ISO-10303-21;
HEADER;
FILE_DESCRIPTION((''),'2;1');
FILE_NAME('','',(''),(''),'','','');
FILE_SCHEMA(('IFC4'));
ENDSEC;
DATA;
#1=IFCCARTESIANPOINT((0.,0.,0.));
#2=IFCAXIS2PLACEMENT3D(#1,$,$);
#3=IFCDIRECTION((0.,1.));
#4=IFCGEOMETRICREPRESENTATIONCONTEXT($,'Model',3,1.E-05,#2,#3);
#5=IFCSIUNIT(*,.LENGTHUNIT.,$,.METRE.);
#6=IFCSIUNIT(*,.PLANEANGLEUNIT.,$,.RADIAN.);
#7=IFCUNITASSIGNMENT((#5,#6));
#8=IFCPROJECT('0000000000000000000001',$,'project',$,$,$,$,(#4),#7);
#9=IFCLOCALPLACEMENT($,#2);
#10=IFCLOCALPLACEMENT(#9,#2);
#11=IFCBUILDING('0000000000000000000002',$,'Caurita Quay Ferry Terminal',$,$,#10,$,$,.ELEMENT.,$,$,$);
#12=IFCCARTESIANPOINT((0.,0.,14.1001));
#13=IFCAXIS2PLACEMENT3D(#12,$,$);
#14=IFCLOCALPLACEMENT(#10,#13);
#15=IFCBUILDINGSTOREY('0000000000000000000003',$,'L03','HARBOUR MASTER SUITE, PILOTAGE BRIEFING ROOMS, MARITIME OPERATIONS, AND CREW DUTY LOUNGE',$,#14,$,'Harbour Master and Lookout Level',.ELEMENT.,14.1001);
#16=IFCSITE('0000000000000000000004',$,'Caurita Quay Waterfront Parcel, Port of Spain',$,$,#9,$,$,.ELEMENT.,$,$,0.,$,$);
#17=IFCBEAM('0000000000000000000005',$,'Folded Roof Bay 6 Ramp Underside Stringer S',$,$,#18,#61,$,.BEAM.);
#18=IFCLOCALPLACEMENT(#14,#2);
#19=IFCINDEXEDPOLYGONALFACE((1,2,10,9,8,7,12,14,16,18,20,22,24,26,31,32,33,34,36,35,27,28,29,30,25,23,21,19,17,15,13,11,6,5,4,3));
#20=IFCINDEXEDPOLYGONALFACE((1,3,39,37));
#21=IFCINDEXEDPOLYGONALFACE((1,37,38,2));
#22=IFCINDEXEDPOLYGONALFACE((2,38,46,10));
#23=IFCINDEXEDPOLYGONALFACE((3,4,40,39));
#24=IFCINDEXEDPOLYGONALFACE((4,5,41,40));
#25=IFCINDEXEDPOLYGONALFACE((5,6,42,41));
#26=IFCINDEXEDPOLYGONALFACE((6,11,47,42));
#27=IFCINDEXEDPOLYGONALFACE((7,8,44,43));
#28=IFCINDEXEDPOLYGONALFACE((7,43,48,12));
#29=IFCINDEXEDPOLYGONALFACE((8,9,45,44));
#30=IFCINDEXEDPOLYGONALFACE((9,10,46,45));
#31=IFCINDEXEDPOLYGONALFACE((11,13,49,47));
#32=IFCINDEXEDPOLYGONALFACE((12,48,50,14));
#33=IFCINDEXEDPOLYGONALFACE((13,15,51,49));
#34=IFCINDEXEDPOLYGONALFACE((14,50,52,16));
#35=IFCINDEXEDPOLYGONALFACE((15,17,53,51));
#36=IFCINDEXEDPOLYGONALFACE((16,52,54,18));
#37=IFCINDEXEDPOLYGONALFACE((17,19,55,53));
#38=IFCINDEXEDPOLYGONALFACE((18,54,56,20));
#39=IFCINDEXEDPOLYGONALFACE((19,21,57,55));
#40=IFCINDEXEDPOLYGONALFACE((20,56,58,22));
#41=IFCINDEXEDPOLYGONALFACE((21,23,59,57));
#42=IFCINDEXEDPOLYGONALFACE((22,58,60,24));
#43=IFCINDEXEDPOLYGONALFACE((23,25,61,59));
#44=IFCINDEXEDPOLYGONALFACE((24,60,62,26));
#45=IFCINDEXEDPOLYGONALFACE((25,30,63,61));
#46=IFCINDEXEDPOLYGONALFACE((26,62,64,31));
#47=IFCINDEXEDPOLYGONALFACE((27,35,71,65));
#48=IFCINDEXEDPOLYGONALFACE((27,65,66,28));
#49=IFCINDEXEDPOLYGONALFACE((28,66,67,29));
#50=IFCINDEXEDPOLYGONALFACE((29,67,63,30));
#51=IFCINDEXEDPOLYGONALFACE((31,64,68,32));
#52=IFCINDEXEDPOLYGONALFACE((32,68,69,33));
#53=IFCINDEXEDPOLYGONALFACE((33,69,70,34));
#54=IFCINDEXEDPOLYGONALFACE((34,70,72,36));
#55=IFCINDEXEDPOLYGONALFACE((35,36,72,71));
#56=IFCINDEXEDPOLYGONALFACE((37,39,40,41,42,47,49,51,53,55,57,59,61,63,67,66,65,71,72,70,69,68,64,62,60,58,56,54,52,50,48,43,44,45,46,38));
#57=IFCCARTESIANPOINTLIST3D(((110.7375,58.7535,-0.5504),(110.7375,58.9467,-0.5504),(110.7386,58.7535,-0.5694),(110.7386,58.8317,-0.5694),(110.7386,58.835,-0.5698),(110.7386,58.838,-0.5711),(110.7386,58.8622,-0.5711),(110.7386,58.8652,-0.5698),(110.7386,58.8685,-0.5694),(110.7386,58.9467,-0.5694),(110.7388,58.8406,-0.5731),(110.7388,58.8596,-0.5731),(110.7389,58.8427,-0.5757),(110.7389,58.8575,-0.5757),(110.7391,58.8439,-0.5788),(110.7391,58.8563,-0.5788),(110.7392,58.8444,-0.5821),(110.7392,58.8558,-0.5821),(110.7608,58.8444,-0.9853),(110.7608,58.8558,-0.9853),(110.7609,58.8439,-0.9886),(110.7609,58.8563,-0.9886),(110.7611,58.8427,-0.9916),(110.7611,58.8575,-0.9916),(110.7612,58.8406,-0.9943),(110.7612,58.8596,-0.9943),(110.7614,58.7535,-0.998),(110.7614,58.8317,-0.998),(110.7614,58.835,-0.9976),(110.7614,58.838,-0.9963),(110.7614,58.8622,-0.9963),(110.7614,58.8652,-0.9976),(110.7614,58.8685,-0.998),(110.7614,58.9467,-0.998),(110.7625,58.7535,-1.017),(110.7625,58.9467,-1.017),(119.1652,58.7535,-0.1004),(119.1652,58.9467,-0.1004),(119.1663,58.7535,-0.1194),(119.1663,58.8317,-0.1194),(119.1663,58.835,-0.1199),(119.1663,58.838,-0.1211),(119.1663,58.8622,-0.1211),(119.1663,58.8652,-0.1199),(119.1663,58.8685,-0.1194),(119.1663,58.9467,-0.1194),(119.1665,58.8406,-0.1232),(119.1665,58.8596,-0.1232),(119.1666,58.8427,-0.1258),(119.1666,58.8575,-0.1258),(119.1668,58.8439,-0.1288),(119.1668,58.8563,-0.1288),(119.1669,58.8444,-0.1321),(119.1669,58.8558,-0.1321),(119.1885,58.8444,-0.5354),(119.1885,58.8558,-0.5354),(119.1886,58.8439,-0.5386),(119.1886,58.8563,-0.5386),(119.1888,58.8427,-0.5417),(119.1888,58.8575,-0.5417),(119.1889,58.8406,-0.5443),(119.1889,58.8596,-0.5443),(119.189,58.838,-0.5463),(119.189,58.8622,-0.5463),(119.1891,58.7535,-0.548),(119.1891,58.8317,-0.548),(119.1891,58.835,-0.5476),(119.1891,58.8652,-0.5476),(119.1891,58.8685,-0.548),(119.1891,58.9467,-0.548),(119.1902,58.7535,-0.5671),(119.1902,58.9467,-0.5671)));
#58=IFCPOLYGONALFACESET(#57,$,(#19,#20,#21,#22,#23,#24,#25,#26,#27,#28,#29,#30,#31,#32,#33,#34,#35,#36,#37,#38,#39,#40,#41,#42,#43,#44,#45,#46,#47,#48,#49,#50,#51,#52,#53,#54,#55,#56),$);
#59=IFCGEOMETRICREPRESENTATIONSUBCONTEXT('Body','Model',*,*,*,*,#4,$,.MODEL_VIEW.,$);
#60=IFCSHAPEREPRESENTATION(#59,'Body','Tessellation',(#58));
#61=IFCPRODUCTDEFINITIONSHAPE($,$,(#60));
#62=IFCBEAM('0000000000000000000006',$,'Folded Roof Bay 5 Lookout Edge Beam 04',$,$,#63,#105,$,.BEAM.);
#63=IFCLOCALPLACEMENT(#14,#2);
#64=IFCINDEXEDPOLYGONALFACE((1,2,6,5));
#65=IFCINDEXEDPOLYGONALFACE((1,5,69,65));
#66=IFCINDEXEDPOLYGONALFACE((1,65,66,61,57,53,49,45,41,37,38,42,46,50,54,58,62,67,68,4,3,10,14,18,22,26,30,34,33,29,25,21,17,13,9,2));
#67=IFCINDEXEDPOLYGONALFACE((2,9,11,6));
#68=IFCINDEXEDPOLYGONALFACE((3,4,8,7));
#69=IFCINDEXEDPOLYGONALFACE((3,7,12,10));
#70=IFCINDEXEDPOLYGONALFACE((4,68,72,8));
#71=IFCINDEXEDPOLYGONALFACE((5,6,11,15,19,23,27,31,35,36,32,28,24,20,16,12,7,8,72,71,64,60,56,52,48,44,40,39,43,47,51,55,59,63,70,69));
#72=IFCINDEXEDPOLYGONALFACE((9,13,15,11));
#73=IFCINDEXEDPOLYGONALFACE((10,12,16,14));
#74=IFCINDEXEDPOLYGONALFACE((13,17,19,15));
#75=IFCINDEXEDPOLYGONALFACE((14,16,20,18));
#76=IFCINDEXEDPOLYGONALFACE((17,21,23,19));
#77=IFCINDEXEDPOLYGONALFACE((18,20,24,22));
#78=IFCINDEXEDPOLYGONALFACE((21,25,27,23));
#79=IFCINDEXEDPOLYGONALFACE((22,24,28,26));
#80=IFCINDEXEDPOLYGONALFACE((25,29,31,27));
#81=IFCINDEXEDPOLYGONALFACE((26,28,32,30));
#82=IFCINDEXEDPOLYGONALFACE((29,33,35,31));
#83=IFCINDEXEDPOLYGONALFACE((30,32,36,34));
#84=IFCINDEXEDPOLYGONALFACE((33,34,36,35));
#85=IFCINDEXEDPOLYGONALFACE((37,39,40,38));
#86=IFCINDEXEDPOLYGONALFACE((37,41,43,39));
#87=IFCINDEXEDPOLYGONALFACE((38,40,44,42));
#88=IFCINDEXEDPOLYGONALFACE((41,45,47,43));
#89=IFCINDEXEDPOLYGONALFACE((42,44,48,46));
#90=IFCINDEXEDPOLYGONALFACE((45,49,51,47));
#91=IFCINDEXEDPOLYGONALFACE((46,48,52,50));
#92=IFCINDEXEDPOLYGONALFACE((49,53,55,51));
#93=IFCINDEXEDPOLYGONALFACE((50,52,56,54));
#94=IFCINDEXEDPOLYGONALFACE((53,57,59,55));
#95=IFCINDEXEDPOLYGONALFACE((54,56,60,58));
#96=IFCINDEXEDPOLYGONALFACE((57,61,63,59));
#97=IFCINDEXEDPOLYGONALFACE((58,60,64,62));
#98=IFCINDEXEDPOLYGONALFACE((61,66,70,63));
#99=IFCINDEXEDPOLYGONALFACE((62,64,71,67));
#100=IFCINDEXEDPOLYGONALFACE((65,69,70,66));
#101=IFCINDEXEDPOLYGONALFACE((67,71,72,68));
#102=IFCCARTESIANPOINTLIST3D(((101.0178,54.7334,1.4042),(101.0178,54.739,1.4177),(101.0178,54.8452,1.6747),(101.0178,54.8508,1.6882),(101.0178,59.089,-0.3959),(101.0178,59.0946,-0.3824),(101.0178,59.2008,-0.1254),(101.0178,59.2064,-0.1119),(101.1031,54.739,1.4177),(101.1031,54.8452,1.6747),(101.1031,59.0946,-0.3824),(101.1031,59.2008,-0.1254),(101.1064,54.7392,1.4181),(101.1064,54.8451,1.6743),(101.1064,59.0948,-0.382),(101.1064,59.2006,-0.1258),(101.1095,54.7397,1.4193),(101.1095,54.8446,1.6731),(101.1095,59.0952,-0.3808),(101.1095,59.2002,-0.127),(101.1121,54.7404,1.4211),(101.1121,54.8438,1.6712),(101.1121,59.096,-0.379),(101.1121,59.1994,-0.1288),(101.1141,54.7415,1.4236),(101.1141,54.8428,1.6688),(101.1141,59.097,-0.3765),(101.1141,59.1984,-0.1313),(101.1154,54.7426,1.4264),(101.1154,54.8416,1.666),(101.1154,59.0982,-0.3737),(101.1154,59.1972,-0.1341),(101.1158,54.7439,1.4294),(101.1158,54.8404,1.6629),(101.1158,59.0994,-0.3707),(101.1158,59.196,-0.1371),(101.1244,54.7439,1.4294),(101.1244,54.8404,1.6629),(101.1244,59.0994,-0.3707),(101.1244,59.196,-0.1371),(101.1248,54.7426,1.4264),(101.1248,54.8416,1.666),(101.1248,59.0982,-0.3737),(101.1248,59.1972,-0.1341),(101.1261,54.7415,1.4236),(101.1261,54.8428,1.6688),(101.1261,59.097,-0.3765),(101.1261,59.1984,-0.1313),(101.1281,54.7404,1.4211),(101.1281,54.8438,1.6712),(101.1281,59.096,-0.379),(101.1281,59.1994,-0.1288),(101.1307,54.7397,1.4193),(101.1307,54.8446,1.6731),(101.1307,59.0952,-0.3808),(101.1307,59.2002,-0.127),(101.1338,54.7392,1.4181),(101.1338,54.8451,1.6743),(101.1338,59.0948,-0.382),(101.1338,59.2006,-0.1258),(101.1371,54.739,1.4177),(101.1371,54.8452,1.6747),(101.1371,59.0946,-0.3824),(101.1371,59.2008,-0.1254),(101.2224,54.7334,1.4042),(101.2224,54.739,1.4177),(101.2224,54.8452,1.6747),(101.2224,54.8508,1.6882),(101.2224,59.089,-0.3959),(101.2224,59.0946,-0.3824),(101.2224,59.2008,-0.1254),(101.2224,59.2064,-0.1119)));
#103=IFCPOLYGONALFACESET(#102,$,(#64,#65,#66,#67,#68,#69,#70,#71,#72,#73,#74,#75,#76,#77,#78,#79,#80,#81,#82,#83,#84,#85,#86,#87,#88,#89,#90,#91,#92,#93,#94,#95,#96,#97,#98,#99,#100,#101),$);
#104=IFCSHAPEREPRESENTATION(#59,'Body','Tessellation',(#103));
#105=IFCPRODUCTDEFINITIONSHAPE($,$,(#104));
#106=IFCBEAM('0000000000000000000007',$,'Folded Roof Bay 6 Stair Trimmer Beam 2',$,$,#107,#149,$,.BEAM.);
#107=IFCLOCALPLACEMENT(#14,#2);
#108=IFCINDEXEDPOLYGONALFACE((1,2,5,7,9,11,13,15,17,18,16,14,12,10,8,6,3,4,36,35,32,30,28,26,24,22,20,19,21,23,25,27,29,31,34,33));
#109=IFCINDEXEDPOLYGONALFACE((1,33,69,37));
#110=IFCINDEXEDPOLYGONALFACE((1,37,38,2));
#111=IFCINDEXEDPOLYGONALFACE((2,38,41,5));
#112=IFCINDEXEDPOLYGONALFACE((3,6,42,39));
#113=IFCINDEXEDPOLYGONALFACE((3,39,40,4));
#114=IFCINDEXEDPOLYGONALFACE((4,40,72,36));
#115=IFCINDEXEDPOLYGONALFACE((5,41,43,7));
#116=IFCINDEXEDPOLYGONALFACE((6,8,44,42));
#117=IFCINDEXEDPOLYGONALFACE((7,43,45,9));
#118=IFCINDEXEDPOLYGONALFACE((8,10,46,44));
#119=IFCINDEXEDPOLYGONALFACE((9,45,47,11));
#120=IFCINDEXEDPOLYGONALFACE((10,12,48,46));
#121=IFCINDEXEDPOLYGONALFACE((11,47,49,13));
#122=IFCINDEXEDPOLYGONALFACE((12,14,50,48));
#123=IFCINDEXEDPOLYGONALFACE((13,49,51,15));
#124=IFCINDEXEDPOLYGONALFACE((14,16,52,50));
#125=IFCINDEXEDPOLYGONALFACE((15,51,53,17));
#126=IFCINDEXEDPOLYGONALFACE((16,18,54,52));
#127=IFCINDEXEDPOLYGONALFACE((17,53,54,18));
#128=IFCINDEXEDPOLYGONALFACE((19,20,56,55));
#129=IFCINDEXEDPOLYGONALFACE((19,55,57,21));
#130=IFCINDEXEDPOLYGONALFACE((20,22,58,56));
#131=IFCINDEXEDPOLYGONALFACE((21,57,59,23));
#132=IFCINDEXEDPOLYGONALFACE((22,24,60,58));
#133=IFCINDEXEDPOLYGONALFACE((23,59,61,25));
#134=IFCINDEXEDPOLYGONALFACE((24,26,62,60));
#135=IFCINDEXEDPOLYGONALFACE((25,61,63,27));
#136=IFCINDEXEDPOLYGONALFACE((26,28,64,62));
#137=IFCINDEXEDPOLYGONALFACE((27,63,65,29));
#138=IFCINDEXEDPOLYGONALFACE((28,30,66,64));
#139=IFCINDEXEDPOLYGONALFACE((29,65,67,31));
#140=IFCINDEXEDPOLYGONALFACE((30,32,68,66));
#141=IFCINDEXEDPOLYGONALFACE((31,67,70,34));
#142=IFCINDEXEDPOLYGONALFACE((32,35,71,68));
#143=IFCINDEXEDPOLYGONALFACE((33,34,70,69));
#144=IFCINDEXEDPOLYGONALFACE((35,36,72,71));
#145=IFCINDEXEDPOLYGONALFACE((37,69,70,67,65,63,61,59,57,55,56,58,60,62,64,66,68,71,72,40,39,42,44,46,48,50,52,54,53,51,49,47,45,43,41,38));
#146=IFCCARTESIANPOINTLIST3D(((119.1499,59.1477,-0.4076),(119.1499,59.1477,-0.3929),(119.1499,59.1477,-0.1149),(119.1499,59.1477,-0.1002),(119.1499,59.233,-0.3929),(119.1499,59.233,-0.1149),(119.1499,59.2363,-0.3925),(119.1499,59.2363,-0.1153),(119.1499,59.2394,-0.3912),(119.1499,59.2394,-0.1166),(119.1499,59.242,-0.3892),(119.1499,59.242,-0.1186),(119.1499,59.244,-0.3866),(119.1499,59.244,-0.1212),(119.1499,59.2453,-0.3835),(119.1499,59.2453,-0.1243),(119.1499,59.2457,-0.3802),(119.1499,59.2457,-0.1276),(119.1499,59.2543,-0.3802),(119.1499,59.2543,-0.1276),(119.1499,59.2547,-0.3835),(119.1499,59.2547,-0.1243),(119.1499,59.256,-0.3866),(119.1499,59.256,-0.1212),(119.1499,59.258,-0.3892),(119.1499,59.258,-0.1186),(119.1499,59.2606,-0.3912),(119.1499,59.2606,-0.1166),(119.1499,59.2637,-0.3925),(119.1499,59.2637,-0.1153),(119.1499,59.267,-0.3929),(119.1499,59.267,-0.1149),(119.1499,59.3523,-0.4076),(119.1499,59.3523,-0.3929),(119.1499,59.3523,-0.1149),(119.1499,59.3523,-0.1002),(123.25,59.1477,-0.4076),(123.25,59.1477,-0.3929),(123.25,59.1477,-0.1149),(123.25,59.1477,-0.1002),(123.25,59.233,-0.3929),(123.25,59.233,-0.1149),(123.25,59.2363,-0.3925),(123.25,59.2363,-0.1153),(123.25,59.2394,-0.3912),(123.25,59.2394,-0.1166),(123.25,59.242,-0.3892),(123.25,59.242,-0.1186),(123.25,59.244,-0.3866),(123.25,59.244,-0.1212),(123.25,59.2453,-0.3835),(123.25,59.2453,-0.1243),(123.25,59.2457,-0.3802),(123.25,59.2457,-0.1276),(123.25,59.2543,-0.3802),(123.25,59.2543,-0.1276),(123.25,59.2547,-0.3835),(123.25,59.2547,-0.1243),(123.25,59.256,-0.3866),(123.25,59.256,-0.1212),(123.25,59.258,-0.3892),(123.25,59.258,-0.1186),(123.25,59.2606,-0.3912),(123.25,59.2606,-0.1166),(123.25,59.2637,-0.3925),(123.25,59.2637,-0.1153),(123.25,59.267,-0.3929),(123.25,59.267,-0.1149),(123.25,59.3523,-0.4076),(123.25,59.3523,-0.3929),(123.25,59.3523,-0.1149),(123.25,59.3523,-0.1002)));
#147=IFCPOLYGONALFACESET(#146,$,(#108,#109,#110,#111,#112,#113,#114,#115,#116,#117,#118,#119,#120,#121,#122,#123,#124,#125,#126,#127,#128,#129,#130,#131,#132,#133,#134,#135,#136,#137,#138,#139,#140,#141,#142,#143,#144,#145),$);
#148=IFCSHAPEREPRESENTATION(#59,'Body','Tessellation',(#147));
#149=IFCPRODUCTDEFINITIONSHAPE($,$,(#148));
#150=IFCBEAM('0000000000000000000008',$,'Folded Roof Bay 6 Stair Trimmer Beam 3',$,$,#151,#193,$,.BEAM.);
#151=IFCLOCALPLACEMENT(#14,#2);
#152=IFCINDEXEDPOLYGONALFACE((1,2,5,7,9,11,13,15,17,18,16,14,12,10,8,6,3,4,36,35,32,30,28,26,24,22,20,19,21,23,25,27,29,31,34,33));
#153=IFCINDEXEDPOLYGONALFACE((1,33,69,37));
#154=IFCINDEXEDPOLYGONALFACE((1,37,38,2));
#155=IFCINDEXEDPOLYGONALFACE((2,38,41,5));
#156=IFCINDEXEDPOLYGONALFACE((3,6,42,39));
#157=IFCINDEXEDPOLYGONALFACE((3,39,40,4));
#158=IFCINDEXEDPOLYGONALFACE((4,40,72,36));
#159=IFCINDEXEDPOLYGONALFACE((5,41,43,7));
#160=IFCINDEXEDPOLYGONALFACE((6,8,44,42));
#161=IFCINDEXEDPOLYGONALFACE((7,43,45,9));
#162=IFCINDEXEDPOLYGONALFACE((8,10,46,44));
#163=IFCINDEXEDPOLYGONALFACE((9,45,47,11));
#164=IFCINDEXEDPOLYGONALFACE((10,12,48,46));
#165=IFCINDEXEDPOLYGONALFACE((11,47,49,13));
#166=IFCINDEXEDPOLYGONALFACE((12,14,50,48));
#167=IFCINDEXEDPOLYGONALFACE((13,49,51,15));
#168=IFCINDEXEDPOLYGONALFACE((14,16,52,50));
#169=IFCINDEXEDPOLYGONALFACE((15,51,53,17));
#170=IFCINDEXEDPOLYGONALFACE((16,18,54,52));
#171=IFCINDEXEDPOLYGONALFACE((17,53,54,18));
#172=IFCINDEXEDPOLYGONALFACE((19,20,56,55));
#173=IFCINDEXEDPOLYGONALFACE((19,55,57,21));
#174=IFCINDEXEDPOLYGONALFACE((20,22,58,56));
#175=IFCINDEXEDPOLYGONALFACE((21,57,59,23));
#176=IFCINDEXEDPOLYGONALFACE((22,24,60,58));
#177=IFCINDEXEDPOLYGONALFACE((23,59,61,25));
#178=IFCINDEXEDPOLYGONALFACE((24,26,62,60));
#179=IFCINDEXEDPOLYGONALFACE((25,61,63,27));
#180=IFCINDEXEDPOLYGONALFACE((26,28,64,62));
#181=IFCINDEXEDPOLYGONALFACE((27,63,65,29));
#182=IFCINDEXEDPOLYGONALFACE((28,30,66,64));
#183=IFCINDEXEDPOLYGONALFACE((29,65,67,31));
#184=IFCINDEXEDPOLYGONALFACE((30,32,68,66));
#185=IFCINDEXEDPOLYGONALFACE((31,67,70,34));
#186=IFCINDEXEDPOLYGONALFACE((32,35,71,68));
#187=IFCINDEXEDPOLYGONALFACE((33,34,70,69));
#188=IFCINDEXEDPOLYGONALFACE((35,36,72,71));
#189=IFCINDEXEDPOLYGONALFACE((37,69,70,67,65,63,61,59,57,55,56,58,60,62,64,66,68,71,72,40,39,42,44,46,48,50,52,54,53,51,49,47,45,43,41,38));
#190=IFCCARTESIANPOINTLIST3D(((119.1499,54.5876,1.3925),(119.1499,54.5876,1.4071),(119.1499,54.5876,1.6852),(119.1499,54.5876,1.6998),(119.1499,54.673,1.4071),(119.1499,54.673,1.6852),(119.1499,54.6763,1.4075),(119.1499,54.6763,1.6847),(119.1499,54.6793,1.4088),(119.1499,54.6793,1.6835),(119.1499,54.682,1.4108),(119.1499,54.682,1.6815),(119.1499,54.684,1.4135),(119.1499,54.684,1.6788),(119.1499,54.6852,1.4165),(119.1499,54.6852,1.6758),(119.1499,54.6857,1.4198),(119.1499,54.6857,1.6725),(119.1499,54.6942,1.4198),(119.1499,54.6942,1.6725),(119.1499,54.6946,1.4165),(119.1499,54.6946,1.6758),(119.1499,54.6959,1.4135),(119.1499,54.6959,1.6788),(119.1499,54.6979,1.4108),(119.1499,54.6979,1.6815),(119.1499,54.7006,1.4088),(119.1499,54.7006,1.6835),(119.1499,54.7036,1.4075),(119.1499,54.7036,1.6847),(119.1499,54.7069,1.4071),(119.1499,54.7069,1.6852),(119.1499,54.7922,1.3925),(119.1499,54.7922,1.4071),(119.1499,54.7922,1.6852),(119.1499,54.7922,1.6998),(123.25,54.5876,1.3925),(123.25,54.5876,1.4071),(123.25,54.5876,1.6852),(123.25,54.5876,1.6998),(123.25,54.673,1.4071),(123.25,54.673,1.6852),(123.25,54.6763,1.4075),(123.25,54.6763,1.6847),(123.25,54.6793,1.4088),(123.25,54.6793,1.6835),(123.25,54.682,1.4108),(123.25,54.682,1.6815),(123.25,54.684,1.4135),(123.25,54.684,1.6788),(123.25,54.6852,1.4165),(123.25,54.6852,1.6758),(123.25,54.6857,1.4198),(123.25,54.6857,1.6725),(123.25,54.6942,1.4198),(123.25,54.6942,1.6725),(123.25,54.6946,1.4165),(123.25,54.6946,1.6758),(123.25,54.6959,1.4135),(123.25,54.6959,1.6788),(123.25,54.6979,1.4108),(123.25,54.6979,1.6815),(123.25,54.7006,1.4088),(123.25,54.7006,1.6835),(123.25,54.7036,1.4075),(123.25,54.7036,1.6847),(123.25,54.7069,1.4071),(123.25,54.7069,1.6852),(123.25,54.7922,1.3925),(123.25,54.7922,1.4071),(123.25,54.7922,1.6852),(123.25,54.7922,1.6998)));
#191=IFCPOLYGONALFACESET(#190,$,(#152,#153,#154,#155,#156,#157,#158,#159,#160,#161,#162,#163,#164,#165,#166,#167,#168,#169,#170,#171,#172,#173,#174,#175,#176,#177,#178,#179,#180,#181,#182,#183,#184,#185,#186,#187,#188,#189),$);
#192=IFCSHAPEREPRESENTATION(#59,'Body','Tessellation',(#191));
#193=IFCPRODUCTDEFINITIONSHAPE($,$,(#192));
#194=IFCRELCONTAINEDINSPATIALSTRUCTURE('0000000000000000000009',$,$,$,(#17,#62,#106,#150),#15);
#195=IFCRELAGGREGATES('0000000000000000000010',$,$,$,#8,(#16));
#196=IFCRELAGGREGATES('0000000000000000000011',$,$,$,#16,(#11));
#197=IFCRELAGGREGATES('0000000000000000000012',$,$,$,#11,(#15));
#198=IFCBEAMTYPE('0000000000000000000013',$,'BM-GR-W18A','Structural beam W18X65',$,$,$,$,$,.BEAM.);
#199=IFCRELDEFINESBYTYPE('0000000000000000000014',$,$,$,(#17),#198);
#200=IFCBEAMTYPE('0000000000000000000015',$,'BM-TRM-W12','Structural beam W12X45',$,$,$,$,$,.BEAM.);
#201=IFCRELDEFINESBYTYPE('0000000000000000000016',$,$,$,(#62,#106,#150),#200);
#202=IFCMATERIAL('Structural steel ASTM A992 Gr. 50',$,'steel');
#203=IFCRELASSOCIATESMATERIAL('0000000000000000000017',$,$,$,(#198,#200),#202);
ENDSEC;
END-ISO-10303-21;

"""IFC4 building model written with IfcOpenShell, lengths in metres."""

from ifc_helpers import new_model, si_unit, direction, frame, origin, origin_2d, place, context, subcontext, project, spatial, i_section, extrude, material, material_profile, profile_set, type_object, element, save


model = new_model("IFC4")

# Units and contexts
model_context = context("Model", 3, precision=1e-05, world=origin(), true_north=direction((0.0, 1.0)))
body_context = subcontext(model_context, "Body", "Model", "MODEL_VIEW")
ifc_project = project(units=[si_unit("LENGTHUNIT", "METRE"), si_unit("PLANEANGLEUNIT", "RADIAN")], contexts=[model_context])

# Site, building, storey
site_placement = place(None, origin())
site = spatial("IfcSite", under=ifc_project, at=site_placement, Name="Caurita Quay Waterfront Parcel, Port of Spain", CompositionType="ELEMENT", RefElevation=0.0)
building_placement = place(site_placement, origin())
building = spatial("IfcBuilding", under=site, at=building_placement, Name="Caurita Quay Ferry Terminal", CompositionType="ELEMENT")
storey_placement = place(building_placement, frame((0.0, 0.0, 14.1001)))
storey = spatial("IfcBuildingStorey", under=building, at=storey_placement, Name="L03", Description="HARBOUR MASTER SUITE, PILOTAGE BRIEFING ROOMS, MARITIME OPERATIONS, AND CREW DUTY LOUNGE", LongName="Harbour Master and Lookout Level", CompositionType="ELEMENT", Elevation=14.1001)

# Beams
ifc_material_1 = material(Name="Structural steel ASTM A992 Gr. 50", Category="steel")
ifc_material_profile_1 = material_profile(ifc_material_1, i_section(OverallWidth=0.1931, OverallDepth=0.4673, WebThickness=0.0115, FlangeThickness=0.019, FilletRadius=0.0127, at=origin_2d()), Name="W18X65")
ifc_profile_set_1 = profile_set([ifc_material_profile_1], Name="Structural steel ASTM A992 Gr. 50")
beam_type_1 = type_object("IfcBeamType", Name="BM-GR-W18A", Description="Structural beam W18X65", PredefinedType="BEAM", material=ifc_profile_set_1)
beam_1_placement = place(storey_placement, frame((110.75, 58.8501, -0.7837), z_axis=(0.998578, 0.0, 0.053313), x_axis=(0.0, 1.0, 0.0)))
element("IfcBeam", 1, at=beam_1_placement, inside=storey, type_object=beam_type_1, Name="Folded Roof Bay 6 Ramp Underside Stringer S", PredefinedType="BEAM", context=body_context, shape_type="SweptSolid", body=[
    extrude(i_section(OverallWidth=0.1931, OverallDepth=0.4673, WebThickness=0.0115, FlangeThickness=0.019, FilletRadius=0.0127, at=origin_2d()), origin(), (0.0, 0.0, 1.0), 8.4397),
])
ifc_material_profile_2 = material_profile(ifc_material_1, i_section(OverallWidth=0.2046, OverallDepth=0.3074, WebThickness=0.0085, FlangeThickness=0.0146, FilletRadius=0.0127, at=origin_2d()), Name="W12X45")
ifc_profile_set_2 = profile_set([ifc_material_profile_2], Name="Structural steel ASTM A992 Gr. 50")
beam_type_2 = type_object("IfcBeamType", Name="BM-TRM-W12", Description="Structural beam W12X45", PredefinedType="BEAM", material=ifc_profile_set_2)
beam_2_placement = place(storey_placement, frame((101.1201, 59.1477, -0.2539), z_axis=(0.0, -0.924183, 0.381951), x_axis=(1.0, 0.0, 0.0)))
element("IfcBeam", 2, at=beam_2_placement, inside=storey, type_object=beam_type_2, Name="Folded Roof Bay 5 Lookout Edge Beam 04", PredefinedType="BEAM", context=body_context, shape_type="SweptSolid", body=[
    extrude(i_section(OverallWidth=0.2046, OverallDepth=0.3074, WebThickness=0.0085, FlangeThickness=0.0146, FilletRadius=0.0127, at=origin_2d()), origin(), (0.0, 0.0, 1.0), 4.7129),
])
for number, where, z_axis, x_axis, name in (
    (3, (119.1499, 59.25, -0.2539), (1.0, 0.0, 0.0), (0.0, 1.0, 0.0), "Folded Roof Bay 6 Stair Trimmer Beam 2"),
    (4, (119.1499, 54.6899, 1.5461), (1.0, 0.0, 0.0), (0.0, 1.0, 0.0), "Folded Roof Bay 6 Stair Trimmer Beam 3"),
):
    element("IfcBeam", number, at=place(storey_placement, frame(where, z_axis=z_axis, x_axis=x_axis)), inside=storey, type_object=beam_type_2, Name=name, PredefinedType="BEAM", context=body_context, shape_type="SweptSolid", body=[
        extrude(i_section(OverallWidth=0.2046, OverallDepth=0.3074, WebThickness=0.0085, FlangeThickness=0.0146, FilletRadius=0.0127, at=origin_2d()), origin(), (0.0, 0.0, 1.0), 4.1001),
    ])

save(model, "model.ifc")
